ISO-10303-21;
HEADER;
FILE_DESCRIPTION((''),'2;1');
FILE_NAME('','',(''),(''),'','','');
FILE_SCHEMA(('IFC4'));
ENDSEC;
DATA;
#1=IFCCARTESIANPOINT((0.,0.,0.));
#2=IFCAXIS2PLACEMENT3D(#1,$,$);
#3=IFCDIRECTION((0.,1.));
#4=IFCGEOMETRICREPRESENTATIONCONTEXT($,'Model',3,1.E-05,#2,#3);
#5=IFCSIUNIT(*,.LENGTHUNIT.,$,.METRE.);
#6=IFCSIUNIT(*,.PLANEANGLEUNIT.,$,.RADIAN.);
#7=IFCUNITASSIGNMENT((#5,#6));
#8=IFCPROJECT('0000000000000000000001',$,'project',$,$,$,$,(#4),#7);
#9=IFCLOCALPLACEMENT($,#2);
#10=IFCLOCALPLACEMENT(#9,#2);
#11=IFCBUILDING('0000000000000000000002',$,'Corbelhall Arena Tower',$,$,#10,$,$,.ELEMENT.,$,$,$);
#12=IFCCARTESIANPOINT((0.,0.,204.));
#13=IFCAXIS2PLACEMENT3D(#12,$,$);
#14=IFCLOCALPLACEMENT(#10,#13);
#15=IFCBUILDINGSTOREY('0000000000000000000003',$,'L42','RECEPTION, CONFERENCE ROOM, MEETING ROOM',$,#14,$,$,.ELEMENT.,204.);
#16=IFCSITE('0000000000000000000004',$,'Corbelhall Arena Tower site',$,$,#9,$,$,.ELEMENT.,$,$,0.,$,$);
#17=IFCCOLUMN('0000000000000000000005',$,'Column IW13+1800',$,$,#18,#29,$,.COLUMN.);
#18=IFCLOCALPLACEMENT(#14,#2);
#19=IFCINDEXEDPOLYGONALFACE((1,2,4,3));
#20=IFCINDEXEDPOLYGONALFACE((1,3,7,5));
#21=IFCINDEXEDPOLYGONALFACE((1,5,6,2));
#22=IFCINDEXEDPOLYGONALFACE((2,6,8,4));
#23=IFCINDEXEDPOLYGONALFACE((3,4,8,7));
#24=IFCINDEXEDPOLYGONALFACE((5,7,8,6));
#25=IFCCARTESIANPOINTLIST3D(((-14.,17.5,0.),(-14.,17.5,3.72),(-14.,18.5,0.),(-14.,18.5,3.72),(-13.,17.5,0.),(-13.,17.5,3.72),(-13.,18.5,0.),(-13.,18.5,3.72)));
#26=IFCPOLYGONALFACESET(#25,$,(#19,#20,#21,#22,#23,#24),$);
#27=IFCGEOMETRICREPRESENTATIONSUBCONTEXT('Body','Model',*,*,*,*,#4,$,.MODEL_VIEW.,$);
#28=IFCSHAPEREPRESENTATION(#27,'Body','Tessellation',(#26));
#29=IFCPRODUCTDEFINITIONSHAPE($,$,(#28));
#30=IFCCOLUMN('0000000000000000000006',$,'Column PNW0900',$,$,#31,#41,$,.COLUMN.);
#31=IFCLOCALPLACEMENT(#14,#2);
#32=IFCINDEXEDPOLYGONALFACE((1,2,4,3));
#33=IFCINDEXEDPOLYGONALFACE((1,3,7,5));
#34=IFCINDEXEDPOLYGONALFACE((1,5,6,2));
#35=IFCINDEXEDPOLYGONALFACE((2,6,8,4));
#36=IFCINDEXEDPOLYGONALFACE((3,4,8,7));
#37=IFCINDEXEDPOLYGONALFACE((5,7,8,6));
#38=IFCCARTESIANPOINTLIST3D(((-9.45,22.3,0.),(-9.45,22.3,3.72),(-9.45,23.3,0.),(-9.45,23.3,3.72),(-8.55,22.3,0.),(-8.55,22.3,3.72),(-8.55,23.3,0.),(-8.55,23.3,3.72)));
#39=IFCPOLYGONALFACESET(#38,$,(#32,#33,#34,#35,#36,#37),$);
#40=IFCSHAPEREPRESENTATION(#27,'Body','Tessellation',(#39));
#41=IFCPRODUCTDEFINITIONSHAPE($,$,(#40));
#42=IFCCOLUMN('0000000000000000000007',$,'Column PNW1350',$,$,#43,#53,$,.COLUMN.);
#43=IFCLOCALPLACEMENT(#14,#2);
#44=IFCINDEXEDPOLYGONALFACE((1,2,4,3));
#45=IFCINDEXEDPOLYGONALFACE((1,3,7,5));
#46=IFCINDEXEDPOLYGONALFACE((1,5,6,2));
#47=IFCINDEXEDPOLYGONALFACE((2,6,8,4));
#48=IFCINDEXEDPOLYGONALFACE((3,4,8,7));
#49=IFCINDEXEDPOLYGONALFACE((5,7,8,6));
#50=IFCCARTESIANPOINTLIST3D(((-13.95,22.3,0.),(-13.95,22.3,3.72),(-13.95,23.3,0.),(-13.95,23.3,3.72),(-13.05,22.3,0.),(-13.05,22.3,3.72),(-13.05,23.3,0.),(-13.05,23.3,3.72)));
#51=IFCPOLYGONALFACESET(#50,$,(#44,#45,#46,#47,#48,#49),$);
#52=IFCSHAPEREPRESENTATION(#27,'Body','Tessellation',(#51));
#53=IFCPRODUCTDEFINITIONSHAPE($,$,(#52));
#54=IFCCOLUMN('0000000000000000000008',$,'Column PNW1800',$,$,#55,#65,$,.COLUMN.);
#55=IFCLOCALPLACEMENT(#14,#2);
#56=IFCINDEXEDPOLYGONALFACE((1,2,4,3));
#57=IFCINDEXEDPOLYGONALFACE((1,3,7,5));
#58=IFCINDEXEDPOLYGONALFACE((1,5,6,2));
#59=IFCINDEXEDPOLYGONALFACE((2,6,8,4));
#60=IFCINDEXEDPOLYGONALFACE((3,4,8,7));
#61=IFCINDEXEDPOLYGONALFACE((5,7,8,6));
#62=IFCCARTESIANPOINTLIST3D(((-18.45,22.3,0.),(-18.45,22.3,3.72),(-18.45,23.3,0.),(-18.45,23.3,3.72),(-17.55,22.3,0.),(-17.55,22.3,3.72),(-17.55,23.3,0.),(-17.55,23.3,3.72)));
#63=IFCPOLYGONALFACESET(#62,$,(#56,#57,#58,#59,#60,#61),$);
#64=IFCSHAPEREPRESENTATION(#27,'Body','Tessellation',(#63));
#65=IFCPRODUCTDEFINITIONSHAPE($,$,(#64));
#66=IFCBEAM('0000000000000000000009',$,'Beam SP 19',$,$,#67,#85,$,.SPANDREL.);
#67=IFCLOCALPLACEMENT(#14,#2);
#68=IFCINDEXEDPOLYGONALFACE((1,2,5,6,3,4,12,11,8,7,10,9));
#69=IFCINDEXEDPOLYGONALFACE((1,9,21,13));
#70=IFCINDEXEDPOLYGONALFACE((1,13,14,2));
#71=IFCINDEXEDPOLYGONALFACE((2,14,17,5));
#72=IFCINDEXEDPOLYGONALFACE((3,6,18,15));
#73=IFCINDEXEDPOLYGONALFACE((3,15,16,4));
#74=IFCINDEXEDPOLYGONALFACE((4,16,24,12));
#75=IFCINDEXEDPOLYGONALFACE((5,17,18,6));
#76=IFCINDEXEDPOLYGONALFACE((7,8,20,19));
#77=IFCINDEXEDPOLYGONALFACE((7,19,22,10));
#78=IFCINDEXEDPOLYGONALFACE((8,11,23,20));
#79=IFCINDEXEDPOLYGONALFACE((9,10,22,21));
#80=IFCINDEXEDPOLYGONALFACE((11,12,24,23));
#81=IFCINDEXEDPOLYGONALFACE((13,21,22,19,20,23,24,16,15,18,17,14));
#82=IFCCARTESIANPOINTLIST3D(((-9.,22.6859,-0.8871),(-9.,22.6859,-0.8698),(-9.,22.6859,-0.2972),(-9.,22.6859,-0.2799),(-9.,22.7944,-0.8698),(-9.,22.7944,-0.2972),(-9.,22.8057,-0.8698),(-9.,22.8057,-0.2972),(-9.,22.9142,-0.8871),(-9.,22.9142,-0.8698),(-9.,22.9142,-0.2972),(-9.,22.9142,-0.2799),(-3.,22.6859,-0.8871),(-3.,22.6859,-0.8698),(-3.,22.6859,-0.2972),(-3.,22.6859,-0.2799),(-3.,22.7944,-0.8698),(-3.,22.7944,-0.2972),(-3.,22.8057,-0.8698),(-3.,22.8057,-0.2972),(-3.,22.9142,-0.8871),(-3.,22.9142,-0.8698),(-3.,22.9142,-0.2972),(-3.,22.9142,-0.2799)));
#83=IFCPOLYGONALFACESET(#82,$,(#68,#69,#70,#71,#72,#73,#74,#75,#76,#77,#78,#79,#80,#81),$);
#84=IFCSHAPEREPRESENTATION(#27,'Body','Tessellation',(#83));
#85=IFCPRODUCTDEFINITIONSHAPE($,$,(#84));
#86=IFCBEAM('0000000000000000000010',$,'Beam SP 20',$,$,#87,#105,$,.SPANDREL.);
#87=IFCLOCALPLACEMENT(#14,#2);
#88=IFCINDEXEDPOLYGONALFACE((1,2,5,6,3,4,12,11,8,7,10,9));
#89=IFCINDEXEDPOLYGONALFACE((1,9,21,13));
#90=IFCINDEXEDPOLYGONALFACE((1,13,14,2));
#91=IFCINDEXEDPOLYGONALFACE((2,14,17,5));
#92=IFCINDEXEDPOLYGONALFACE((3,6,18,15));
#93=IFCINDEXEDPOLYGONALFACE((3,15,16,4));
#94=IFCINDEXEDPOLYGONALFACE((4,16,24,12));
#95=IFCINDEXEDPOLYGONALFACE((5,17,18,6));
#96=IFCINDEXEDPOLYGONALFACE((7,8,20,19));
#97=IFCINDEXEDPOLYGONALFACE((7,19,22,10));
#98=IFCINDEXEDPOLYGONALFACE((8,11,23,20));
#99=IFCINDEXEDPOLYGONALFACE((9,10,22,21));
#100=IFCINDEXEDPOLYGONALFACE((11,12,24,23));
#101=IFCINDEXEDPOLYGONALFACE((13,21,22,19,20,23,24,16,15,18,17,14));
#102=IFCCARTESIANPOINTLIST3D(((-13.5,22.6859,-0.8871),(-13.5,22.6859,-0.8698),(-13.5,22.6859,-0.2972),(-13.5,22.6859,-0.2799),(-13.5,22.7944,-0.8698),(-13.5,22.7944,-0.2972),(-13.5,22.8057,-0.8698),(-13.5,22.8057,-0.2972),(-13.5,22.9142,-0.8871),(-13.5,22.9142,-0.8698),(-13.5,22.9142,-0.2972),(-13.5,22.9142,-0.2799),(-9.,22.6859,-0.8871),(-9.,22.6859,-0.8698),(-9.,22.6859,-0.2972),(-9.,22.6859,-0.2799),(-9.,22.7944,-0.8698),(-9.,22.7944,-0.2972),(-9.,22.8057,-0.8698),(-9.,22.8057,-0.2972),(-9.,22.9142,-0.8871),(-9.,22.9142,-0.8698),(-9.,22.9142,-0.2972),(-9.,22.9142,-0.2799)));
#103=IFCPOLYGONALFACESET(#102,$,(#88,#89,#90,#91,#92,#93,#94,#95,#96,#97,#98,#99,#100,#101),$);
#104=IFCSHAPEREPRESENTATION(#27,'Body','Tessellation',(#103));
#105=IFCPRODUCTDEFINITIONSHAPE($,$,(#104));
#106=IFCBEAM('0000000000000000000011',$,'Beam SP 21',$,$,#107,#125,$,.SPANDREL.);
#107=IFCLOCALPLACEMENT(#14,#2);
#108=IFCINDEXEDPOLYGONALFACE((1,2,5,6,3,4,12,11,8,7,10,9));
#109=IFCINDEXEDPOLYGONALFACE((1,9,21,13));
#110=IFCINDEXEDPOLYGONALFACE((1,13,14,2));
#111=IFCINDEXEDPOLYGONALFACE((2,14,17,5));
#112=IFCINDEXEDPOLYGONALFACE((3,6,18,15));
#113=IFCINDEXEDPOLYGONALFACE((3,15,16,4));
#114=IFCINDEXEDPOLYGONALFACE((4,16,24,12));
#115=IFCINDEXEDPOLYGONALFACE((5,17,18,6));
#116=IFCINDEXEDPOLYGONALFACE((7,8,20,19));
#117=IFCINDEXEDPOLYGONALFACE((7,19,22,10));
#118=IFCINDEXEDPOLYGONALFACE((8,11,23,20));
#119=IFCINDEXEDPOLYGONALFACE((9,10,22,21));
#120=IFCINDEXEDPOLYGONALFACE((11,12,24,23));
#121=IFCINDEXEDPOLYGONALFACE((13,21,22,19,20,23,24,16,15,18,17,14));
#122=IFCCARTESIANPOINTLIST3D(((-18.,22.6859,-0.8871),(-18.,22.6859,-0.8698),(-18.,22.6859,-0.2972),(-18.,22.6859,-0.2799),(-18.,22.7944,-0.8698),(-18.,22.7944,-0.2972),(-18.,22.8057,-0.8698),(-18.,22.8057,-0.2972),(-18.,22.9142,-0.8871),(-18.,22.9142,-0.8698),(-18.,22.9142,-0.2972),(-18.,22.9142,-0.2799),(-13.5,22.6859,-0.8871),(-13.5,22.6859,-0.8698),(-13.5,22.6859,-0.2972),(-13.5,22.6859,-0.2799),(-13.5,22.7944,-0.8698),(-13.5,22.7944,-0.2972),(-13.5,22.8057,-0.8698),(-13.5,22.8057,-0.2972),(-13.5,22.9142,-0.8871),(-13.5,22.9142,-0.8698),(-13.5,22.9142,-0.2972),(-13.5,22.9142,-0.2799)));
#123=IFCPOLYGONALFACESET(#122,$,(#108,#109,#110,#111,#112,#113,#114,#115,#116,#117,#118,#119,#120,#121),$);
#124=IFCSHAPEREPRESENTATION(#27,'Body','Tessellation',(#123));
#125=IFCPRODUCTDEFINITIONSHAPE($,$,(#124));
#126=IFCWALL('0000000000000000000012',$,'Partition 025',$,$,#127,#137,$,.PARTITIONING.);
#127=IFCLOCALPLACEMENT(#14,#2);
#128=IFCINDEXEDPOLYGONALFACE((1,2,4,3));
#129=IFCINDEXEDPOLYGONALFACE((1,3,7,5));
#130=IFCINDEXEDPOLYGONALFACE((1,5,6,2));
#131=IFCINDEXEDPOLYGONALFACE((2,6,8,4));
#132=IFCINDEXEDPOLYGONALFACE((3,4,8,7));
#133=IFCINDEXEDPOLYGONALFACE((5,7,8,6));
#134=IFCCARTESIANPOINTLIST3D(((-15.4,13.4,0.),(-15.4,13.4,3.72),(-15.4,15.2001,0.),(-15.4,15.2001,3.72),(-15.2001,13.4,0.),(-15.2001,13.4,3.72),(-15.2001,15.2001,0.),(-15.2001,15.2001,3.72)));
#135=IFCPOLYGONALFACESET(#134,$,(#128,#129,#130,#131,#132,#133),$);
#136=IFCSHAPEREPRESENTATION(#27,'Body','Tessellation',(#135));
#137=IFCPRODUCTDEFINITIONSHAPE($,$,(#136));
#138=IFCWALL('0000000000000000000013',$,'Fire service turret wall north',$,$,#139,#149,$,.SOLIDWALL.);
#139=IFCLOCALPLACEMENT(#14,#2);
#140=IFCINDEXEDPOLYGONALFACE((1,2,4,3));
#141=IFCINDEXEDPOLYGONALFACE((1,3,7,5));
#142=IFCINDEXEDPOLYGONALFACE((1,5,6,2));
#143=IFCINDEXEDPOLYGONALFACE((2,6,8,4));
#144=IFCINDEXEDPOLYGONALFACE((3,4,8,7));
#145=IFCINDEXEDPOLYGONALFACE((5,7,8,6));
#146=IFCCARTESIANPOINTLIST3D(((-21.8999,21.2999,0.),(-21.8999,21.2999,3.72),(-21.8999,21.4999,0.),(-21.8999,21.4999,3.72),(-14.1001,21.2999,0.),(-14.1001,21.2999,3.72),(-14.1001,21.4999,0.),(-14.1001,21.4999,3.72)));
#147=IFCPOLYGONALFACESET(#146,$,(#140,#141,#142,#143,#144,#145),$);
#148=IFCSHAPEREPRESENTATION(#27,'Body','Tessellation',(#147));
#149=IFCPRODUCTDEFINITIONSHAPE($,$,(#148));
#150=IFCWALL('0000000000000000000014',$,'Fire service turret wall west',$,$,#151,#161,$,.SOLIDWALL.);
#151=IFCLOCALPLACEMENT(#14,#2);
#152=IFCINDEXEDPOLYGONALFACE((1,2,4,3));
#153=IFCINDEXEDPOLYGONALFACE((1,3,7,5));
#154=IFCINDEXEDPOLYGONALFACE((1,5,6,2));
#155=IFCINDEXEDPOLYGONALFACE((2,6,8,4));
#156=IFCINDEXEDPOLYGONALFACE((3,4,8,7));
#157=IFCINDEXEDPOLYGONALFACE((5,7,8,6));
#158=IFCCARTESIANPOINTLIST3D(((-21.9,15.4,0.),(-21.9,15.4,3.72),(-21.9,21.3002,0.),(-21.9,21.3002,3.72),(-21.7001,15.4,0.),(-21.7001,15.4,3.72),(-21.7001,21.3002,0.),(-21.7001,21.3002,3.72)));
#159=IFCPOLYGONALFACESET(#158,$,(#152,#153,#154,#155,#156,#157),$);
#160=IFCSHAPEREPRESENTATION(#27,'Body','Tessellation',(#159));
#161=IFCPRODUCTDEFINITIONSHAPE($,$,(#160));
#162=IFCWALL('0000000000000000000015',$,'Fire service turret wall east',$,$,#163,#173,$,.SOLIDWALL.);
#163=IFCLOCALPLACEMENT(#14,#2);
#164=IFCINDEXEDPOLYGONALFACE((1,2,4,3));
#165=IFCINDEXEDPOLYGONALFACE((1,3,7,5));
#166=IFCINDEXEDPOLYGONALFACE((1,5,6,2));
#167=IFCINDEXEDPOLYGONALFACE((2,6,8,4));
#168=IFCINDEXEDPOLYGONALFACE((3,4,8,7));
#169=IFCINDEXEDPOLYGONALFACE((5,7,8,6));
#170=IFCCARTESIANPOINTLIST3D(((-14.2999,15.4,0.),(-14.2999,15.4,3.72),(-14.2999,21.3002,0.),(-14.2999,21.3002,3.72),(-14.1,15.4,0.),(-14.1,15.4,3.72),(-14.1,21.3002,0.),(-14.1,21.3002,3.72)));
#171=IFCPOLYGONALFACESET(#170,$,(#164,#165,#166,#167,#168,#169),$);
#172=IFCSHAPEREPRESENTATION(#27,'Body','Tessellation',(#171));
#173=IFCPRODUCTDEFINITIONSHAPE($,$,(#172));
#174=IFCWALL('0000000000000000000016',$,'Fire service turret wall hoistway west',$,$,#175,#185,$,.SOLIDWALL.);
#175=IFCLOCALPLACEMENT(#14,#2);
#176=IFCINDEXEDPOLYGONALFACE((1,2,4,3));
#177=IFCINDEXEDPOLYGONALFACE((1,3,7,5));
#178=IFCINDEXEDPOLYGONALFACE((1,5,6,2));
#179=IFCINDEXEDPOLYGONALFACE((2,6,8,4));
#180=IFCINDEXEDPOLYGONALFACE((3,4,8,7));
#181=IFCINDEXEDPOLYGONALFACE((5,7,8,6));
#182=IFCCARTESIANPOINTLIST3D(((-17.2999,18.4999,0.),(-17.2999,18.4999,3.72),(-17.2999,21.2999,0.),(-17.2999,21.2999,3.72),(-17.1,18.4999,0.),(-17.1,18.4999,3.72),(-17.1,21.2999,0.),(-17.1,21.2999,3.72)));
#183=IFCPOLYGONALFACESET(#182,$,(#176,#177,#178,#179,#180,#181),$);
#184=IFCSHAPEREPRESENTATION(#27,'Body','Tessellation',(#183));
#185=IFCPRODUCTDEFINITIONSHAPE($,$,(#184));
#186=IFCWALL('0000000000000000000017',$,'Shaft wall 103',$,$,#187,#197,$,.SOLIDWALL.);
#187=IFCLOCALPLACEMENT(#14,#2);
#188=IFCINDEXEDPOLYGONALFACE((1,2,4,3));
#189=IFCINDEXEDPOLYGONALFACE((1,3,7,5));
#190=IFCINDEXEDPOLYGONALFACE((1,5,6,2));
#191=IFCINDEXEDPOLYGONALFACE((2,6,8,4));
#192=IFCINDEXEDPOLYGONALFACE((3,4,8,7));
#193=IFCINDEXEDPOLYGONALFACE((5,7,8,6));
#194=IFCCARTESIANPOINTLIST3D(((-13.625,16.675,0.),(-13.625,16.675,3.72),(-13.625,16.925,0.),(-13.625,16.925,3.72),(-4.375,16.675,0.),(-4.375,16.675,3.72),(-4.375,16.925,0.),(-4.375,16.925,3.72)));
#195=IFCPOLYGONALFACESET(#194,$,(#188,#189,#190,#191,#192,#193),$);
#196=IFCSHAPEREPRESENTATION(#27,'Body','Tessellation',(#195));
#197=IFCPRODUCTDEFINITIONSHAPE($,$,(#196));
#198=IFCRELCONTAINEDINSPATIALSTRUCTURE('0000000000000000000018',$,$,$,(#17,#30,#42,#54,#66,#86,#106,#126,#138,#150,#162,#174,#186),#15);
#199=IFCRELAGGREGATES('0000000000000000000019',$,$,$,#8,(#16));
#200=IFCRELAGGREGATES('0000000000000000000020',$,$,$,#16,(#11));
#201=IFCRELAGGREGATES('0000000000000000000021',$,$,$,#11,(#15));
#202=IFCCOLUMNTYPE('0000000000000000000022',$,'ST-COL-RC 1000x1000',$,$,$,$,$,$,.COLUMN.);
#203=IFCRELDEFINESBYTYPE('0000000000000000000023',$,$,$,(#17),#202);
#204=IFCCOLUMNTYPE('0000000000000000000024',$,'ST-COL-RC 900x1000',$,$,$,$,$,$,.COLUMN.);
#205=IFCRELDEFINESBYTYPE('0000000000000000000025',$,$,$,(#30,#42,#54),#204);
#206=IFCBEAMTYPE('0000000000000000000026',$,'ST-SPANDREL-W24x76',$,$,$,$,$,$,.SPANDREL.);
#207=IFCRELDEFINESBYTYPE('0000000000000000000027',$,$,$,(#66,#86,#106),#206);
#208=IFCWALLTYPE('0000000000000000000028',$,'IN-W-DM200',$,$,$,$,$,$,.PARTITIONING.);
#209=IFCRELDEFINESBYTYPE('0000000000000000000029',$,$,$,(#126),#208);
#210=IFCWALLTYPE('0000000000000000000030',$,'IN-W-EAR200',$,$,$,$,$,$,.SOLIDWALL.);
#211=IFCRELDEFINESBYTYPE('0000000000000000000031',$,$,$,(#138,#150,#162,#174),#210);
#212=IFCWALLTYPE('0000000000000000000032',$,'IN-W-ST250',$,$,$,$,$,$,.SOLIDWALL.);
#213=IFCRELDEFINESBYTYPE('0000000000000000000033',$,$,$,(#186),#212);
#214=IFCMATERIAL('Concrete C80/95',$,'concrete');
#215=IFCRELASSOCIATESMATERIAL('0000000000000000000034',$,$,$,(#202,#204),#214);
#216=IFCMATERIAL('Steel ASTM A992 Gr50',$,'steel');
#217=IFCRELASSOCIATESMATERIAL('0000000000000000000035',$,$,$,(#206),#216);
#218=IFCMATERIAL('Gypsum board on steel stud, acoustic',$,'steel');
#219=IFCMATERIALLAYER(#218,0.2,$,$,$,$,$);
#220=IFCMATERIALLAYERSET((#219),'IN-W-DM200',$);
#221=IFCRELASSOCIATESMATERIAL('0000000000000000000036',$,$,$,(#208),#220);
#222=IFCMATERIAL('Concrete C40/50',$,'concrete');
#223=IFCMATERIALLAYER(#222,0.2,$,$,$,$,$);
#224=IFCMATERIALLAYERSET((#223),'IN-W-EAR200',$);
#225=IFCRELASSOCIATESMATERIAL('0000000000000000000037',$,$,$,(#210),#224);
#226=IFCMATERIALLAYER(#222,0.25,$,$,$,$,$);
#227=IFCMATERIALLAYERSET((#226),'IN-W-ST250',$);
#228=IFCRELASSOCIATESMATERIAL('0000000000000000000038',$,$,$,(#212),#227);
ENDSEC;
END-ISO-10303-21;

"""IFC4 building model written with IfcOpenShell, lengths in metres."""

from ifc_helpers import new_model, si_unit, direction, frame, frame_2d, origin, origin_2d, place, context, subcontext, project, spatial, rectangle, i_section, extrude, material, layer, layer_set, material_profile, profile_set, type_object, element, save


model = new_model("IFC4")

# Units and contexts
model_context = context("Model", 3, precision=1e-05, world=origin(), true_north=direction((0.0, 1.0)))
body_context = subcontext(model_context, "Body", "Model", "MODEL_VIEW")
ifc_project = project(units=[si_unit("LENGTHUNIT", "METRE"), si_unit("PLANEANGLEUNIT", "RADIAN")], contexts=[model_context])

# Site, building, storey
site_placement = place(None, origin())
site = spatial("IfcSite", under=ifc_project, at=site_placement, Name="Corbelhall Arena Tower site", CompositionType="ELEMENT", RefElevation=0.0)
building_placement = place(site_placement, origin())
building = spatial("IfcBuilding", under=site, at=building_placement, Name="Corbelhall Arena Tower", CompositionType="ELEMENT")
storey_placement = place(building_placement, frame((0.0, 0.0, 204.0)))
storey = spatial("IfcBuildingStorey", under=building, at=storey_placement, Name="L42", Description="RECEPTION, CONFERENCE ROOM, MEETING ROOM", CompositionType="ELEMENT", Elevation=204.0)

# Columns
ifc_material_1 = material(Name="Concrete C80/95", Category="concrete")
ifc_material_profile_1 = material_profile(ifc_material_1, rectangle(XDim=1.0, YDim=1.0, at=origin_2d()))
ifc_profile_set_1 = profile_set([ifc_material_profile_1], Name="Concrete C80/95")
column_type_1 = type_object("IfcColumnType", Name="ST-COL-RC 1000x1000", PredefinedType="COLUMN", material=ifc_profile_set_1)
column_placement = place(storey_placement, frame((-13.5, 18.0, 0.0), z_axis=(0.0, 0.0, 1.0), x_axis=(1.0, 0.0, 0.0)))
element("IfcColumn", 1, at=column_placement, inside=storey, type_object=column_type_1, Name="Column IW13+1800", PredefinedType="COLUMN", context=body_context, shape_type="SweptSolid", body=[
    extrude(rectangle(XDim=1.0, YDim=1.0, at=origin_2d()), origin(), (0.0, 0.0, 1.0), 3.72),
])
ifc_material_profile_2 = material_profile(ifc_material_1, rectangle(XDim=0.8999, YDim=1.0, at=origin_2d()))
ifc_profile_set_2 = profile_set([ifc_material_profile_2], Name="Concrete C80/95")
column_type_2 = type_object("IfcColumnType", Name="ST-COL-RC 900x1000", PredefinedType="COLUMN", material=ifc_profile_set_2)
for number, where, z_axis, x_axis, name in (
    (2, (-9.0, 22.8, 0.0), (0.0, 0.0, 1.0), (1.0, 0.0, 0.0), "Column PNW0900"),
    (3, (-13.5, 22.8, 0.0), (0.0, 0.0, 1.0), (1.0, 0.0, 0.0), "Column PNW1350"),
    (4, (-18.0, 22.8, 0.0), (0.0, 0.0, 1.0), (1.0, 0.0, 0.0), "Column PNW1800"),
):
    element("IfcColumn", number, at=place(storey_placement, frame(where, z_axis=z_axis, x_axis=x_axis)), inside=storey, type_object=column_type_2, Name=name, PredefinedType="COLUMN", context=body_context, shape_type="SweptSolid", body=[
        extrude(rectangle(XDim=0.8999, YDim=1.0, at=origin_2d()), origin(), (0.0, 0.0, 1.0), 3.72),
    ])

# Beams
ifc_material_2 = material(Name="Steel ASTM A992 Gr50", Category="steel")
ifc_material_profile_3 = material_profile(ifc_material_2, i_section(OverallWidth=0.2283, OverallDepth=0.6072, WebThickness=0.0112, FlangeThickness=0.0173, at=origin_2d()))
ifc_profile_set_3 = profile_set([ifc_material_profile_3], Name="Steel ASTM A992 Gr50")
beam_type = type_object("IfcBeamType", Name="ST-SPANDREL-W24x76", PredefinedType="SPANDREL", material=ifc_profile_set_3)
beam_placement = place(storey_placement, frame((-9.0, 22.8, -0.5835), z_axis=(1.0, 0.0, 0.0), x_axis=(0.0, 1.0, 0.0)))
element("IfcBeam", 5, at=beam_placement, inside=storey, type_object=beam_type, Name="Beam SP 19", PredefinedType="SPANDREL", context=body_context, shape_type="SweptSolid", body=[
    extrude(i_section(OverallWidth=0.2283, OverallDepth=0.6072, WebThickness=0.0112, FlangeThickness=0.0173, at=origin_2d()), origin(), (0.0, 0.0, 1.0), 6.0),
])
for number, where, z_axis, x_axis, name in (
    (6, (-13.5, 22.8, -0.5835), (1.0, 0.0, 0.0), (0.0, 1.0, 0.0), "Beam SP 20"),
    (7, (-18.0, 22.8, -0.5835), (1.0, 0.0, 0.0), (0.0, 1.0, 0.0), "Beam SP 21"),
):
    element("IfcBeam", number, at=place(storey_placement, frame(where, z_axis=z_axis, x_axis=x_axis)), inside=storey, type_object=beam_type, Name=name, PredefinedType="SPANDREL", context=body_context, shape_type="SweptSolid", body=[
        extrude(i_section(OverallWidth=0.2283, OverallDepth=0.6072, WebThickness=0.0112, FlangeThickness=0.0173, at=origin_2d()), origin(), (0.0, 0.0, 1.0), 4.5),
    ])

# Wall
ifc_material_3 = material(Name="Gypsum board on steel stud, acoustic", Category="steel")
ifc_layer_1 = layer(ifc_material_3, 0.2)
ifc_layer_set_1 = layer_set([ifc_layer_1], Name="IN-W-DM200")
wall_type_1 = type_object("IfcWallType", Name="IN-W-DM200", PredefinedType="PARTITIONING", material=ifc_layer_set_1)
wall_1_placement = place(storey_placement, frame((-15.3, 15.2, 0.0), z_axis=(0.0, 0.0, 1.0), x_axis=(0.0, -1.0, 0.0)))
element("IfcWall", 8, at=wall_1_placement, inside=storey, type_object=wall_type_1, Name="Partition 025", PredefinedType="PARTITIONING", context=body_context, shape_type="SweptSolid", body=[
    extrude(rectangle(XDim=1.8, YDim=0.2, at=frame_2d((0.8999, 0.0))), origin(), (0.0, 0.0, 1.0), 3.72),
])

# Shared definitions
ifc_material_4 = material(Name="Concrete C40/50", Category="concrete")
ifc_layer_2 = layer(ifc_material_4, 0.2)
ifc_layer_set_2 = layer_set([ifc_layer_2], Name="IN-W-EAR200")
wall_type_2 = type_object("IfcWallType", Name="IN-W-EAR200", PredefinedType="SOLIDWALL", material=ifc_layer_set_2)

# Walls
wall_2_placement = place(storey_placement, frame((-21.8999, 21.3999, 0.0), z_axis=(0.0, 0.0, 1.0), x_axis=(1.0, 0.0, 0.0)))
element("IfcWall", 9, at=wall_2_placement, inside=storey, type_object=wall_type_2, Name="Fire service turret wall north", PredefinedType="SOLIDWALL", context=body_context, shape_type="SweptSolid", body=[
    extrude(rectangle(XDim=7.7998, YDim=0.2, at=frame_2d((3.8999, 0.0))), origin(), (0.0, 0.0, 1.0), 3.72),
])
for number, where, z_axis, x_axis, name in (
    (10, (-21.8, 15.3999, 0.0), (0.0, 0.0, 1.0), (0.0, 1.0, 0.0), "Fire service turret wall west"),
    (11, (-14.2, 15.3999, 0.0), (0.0, 0.0, 1.0), (0.0, 1.0, 0.0), "Fire service turret wall east"),
):
    element("IfcWall", number, at=place(storey_placement, frame(where, z_axis=z_axis, x_axis=x_axis)), inside=storey, type_object=wall_type_2, Name=name, PredefinedType="SOLIDWALL", context=body_context, shape_type="SweptSolid", body=[
        extrude(rectangle(XDim=5.9001, YDim=0.2, at=frame_2d((2.9502, 0.0))), origin(), (0.0, 0.0, 1.0), 3.72),
    ])

# Wall
wall_3_placement = place(storey_placement, frame((-17.2, 18.5, 0.0), z_axis=(0.0, 0.0, 1.0), x_axis=(0.0, 1.0, 0.0)))
element("IfcWall", 12, at=wall_3_placement, inside=storey, type_object=wall_type_2, Name="Fire service turret wall hoistway west", PredefinedType="SOLIDWALL", context=body_context, shape_type="SweptSolid", body=[
    extrude(rectangle(XDim=2.8, YDim=0.2, at=frame_2d((1.3999, 0.0))), origin(), (0.0, 0.0, 1.0), 3.72),
])

# Wall
ifc_layer_3 = layer(ifc_material_4, 0.25)
ifc_layer_set_3 = layer_set([ifc_layer_3], Name="IN-W-ST250")
wall_type_3 = type_object("IfcWallType", Name="IN-W-ST250", PredefinedType="SOLIDWALL", material=ifc_layer_set_3)
wall_4_placement = place(storey_placement, frame((-13.625, 16.8, 0.0), z_axis=(0.0, 0.0, 1.0), x_axis=(1.0, 0.0, 0.0)))
element("IfcWall", 13, at=wall_4_placement, inside=storey, type_object=wall_type_3, Name="Shaft wall 103", PredefinedType="SOLIDWALL", context=body_context, shape_type="SweptSolid", body=[
    extrude(rectangle(XDim=9.25, YDim=0.25, at=frame_2d((4.625, 0.0))), origin(), (0.0, 0.0, 1.0), 3.72),
])

save(model, "model.ifc")
